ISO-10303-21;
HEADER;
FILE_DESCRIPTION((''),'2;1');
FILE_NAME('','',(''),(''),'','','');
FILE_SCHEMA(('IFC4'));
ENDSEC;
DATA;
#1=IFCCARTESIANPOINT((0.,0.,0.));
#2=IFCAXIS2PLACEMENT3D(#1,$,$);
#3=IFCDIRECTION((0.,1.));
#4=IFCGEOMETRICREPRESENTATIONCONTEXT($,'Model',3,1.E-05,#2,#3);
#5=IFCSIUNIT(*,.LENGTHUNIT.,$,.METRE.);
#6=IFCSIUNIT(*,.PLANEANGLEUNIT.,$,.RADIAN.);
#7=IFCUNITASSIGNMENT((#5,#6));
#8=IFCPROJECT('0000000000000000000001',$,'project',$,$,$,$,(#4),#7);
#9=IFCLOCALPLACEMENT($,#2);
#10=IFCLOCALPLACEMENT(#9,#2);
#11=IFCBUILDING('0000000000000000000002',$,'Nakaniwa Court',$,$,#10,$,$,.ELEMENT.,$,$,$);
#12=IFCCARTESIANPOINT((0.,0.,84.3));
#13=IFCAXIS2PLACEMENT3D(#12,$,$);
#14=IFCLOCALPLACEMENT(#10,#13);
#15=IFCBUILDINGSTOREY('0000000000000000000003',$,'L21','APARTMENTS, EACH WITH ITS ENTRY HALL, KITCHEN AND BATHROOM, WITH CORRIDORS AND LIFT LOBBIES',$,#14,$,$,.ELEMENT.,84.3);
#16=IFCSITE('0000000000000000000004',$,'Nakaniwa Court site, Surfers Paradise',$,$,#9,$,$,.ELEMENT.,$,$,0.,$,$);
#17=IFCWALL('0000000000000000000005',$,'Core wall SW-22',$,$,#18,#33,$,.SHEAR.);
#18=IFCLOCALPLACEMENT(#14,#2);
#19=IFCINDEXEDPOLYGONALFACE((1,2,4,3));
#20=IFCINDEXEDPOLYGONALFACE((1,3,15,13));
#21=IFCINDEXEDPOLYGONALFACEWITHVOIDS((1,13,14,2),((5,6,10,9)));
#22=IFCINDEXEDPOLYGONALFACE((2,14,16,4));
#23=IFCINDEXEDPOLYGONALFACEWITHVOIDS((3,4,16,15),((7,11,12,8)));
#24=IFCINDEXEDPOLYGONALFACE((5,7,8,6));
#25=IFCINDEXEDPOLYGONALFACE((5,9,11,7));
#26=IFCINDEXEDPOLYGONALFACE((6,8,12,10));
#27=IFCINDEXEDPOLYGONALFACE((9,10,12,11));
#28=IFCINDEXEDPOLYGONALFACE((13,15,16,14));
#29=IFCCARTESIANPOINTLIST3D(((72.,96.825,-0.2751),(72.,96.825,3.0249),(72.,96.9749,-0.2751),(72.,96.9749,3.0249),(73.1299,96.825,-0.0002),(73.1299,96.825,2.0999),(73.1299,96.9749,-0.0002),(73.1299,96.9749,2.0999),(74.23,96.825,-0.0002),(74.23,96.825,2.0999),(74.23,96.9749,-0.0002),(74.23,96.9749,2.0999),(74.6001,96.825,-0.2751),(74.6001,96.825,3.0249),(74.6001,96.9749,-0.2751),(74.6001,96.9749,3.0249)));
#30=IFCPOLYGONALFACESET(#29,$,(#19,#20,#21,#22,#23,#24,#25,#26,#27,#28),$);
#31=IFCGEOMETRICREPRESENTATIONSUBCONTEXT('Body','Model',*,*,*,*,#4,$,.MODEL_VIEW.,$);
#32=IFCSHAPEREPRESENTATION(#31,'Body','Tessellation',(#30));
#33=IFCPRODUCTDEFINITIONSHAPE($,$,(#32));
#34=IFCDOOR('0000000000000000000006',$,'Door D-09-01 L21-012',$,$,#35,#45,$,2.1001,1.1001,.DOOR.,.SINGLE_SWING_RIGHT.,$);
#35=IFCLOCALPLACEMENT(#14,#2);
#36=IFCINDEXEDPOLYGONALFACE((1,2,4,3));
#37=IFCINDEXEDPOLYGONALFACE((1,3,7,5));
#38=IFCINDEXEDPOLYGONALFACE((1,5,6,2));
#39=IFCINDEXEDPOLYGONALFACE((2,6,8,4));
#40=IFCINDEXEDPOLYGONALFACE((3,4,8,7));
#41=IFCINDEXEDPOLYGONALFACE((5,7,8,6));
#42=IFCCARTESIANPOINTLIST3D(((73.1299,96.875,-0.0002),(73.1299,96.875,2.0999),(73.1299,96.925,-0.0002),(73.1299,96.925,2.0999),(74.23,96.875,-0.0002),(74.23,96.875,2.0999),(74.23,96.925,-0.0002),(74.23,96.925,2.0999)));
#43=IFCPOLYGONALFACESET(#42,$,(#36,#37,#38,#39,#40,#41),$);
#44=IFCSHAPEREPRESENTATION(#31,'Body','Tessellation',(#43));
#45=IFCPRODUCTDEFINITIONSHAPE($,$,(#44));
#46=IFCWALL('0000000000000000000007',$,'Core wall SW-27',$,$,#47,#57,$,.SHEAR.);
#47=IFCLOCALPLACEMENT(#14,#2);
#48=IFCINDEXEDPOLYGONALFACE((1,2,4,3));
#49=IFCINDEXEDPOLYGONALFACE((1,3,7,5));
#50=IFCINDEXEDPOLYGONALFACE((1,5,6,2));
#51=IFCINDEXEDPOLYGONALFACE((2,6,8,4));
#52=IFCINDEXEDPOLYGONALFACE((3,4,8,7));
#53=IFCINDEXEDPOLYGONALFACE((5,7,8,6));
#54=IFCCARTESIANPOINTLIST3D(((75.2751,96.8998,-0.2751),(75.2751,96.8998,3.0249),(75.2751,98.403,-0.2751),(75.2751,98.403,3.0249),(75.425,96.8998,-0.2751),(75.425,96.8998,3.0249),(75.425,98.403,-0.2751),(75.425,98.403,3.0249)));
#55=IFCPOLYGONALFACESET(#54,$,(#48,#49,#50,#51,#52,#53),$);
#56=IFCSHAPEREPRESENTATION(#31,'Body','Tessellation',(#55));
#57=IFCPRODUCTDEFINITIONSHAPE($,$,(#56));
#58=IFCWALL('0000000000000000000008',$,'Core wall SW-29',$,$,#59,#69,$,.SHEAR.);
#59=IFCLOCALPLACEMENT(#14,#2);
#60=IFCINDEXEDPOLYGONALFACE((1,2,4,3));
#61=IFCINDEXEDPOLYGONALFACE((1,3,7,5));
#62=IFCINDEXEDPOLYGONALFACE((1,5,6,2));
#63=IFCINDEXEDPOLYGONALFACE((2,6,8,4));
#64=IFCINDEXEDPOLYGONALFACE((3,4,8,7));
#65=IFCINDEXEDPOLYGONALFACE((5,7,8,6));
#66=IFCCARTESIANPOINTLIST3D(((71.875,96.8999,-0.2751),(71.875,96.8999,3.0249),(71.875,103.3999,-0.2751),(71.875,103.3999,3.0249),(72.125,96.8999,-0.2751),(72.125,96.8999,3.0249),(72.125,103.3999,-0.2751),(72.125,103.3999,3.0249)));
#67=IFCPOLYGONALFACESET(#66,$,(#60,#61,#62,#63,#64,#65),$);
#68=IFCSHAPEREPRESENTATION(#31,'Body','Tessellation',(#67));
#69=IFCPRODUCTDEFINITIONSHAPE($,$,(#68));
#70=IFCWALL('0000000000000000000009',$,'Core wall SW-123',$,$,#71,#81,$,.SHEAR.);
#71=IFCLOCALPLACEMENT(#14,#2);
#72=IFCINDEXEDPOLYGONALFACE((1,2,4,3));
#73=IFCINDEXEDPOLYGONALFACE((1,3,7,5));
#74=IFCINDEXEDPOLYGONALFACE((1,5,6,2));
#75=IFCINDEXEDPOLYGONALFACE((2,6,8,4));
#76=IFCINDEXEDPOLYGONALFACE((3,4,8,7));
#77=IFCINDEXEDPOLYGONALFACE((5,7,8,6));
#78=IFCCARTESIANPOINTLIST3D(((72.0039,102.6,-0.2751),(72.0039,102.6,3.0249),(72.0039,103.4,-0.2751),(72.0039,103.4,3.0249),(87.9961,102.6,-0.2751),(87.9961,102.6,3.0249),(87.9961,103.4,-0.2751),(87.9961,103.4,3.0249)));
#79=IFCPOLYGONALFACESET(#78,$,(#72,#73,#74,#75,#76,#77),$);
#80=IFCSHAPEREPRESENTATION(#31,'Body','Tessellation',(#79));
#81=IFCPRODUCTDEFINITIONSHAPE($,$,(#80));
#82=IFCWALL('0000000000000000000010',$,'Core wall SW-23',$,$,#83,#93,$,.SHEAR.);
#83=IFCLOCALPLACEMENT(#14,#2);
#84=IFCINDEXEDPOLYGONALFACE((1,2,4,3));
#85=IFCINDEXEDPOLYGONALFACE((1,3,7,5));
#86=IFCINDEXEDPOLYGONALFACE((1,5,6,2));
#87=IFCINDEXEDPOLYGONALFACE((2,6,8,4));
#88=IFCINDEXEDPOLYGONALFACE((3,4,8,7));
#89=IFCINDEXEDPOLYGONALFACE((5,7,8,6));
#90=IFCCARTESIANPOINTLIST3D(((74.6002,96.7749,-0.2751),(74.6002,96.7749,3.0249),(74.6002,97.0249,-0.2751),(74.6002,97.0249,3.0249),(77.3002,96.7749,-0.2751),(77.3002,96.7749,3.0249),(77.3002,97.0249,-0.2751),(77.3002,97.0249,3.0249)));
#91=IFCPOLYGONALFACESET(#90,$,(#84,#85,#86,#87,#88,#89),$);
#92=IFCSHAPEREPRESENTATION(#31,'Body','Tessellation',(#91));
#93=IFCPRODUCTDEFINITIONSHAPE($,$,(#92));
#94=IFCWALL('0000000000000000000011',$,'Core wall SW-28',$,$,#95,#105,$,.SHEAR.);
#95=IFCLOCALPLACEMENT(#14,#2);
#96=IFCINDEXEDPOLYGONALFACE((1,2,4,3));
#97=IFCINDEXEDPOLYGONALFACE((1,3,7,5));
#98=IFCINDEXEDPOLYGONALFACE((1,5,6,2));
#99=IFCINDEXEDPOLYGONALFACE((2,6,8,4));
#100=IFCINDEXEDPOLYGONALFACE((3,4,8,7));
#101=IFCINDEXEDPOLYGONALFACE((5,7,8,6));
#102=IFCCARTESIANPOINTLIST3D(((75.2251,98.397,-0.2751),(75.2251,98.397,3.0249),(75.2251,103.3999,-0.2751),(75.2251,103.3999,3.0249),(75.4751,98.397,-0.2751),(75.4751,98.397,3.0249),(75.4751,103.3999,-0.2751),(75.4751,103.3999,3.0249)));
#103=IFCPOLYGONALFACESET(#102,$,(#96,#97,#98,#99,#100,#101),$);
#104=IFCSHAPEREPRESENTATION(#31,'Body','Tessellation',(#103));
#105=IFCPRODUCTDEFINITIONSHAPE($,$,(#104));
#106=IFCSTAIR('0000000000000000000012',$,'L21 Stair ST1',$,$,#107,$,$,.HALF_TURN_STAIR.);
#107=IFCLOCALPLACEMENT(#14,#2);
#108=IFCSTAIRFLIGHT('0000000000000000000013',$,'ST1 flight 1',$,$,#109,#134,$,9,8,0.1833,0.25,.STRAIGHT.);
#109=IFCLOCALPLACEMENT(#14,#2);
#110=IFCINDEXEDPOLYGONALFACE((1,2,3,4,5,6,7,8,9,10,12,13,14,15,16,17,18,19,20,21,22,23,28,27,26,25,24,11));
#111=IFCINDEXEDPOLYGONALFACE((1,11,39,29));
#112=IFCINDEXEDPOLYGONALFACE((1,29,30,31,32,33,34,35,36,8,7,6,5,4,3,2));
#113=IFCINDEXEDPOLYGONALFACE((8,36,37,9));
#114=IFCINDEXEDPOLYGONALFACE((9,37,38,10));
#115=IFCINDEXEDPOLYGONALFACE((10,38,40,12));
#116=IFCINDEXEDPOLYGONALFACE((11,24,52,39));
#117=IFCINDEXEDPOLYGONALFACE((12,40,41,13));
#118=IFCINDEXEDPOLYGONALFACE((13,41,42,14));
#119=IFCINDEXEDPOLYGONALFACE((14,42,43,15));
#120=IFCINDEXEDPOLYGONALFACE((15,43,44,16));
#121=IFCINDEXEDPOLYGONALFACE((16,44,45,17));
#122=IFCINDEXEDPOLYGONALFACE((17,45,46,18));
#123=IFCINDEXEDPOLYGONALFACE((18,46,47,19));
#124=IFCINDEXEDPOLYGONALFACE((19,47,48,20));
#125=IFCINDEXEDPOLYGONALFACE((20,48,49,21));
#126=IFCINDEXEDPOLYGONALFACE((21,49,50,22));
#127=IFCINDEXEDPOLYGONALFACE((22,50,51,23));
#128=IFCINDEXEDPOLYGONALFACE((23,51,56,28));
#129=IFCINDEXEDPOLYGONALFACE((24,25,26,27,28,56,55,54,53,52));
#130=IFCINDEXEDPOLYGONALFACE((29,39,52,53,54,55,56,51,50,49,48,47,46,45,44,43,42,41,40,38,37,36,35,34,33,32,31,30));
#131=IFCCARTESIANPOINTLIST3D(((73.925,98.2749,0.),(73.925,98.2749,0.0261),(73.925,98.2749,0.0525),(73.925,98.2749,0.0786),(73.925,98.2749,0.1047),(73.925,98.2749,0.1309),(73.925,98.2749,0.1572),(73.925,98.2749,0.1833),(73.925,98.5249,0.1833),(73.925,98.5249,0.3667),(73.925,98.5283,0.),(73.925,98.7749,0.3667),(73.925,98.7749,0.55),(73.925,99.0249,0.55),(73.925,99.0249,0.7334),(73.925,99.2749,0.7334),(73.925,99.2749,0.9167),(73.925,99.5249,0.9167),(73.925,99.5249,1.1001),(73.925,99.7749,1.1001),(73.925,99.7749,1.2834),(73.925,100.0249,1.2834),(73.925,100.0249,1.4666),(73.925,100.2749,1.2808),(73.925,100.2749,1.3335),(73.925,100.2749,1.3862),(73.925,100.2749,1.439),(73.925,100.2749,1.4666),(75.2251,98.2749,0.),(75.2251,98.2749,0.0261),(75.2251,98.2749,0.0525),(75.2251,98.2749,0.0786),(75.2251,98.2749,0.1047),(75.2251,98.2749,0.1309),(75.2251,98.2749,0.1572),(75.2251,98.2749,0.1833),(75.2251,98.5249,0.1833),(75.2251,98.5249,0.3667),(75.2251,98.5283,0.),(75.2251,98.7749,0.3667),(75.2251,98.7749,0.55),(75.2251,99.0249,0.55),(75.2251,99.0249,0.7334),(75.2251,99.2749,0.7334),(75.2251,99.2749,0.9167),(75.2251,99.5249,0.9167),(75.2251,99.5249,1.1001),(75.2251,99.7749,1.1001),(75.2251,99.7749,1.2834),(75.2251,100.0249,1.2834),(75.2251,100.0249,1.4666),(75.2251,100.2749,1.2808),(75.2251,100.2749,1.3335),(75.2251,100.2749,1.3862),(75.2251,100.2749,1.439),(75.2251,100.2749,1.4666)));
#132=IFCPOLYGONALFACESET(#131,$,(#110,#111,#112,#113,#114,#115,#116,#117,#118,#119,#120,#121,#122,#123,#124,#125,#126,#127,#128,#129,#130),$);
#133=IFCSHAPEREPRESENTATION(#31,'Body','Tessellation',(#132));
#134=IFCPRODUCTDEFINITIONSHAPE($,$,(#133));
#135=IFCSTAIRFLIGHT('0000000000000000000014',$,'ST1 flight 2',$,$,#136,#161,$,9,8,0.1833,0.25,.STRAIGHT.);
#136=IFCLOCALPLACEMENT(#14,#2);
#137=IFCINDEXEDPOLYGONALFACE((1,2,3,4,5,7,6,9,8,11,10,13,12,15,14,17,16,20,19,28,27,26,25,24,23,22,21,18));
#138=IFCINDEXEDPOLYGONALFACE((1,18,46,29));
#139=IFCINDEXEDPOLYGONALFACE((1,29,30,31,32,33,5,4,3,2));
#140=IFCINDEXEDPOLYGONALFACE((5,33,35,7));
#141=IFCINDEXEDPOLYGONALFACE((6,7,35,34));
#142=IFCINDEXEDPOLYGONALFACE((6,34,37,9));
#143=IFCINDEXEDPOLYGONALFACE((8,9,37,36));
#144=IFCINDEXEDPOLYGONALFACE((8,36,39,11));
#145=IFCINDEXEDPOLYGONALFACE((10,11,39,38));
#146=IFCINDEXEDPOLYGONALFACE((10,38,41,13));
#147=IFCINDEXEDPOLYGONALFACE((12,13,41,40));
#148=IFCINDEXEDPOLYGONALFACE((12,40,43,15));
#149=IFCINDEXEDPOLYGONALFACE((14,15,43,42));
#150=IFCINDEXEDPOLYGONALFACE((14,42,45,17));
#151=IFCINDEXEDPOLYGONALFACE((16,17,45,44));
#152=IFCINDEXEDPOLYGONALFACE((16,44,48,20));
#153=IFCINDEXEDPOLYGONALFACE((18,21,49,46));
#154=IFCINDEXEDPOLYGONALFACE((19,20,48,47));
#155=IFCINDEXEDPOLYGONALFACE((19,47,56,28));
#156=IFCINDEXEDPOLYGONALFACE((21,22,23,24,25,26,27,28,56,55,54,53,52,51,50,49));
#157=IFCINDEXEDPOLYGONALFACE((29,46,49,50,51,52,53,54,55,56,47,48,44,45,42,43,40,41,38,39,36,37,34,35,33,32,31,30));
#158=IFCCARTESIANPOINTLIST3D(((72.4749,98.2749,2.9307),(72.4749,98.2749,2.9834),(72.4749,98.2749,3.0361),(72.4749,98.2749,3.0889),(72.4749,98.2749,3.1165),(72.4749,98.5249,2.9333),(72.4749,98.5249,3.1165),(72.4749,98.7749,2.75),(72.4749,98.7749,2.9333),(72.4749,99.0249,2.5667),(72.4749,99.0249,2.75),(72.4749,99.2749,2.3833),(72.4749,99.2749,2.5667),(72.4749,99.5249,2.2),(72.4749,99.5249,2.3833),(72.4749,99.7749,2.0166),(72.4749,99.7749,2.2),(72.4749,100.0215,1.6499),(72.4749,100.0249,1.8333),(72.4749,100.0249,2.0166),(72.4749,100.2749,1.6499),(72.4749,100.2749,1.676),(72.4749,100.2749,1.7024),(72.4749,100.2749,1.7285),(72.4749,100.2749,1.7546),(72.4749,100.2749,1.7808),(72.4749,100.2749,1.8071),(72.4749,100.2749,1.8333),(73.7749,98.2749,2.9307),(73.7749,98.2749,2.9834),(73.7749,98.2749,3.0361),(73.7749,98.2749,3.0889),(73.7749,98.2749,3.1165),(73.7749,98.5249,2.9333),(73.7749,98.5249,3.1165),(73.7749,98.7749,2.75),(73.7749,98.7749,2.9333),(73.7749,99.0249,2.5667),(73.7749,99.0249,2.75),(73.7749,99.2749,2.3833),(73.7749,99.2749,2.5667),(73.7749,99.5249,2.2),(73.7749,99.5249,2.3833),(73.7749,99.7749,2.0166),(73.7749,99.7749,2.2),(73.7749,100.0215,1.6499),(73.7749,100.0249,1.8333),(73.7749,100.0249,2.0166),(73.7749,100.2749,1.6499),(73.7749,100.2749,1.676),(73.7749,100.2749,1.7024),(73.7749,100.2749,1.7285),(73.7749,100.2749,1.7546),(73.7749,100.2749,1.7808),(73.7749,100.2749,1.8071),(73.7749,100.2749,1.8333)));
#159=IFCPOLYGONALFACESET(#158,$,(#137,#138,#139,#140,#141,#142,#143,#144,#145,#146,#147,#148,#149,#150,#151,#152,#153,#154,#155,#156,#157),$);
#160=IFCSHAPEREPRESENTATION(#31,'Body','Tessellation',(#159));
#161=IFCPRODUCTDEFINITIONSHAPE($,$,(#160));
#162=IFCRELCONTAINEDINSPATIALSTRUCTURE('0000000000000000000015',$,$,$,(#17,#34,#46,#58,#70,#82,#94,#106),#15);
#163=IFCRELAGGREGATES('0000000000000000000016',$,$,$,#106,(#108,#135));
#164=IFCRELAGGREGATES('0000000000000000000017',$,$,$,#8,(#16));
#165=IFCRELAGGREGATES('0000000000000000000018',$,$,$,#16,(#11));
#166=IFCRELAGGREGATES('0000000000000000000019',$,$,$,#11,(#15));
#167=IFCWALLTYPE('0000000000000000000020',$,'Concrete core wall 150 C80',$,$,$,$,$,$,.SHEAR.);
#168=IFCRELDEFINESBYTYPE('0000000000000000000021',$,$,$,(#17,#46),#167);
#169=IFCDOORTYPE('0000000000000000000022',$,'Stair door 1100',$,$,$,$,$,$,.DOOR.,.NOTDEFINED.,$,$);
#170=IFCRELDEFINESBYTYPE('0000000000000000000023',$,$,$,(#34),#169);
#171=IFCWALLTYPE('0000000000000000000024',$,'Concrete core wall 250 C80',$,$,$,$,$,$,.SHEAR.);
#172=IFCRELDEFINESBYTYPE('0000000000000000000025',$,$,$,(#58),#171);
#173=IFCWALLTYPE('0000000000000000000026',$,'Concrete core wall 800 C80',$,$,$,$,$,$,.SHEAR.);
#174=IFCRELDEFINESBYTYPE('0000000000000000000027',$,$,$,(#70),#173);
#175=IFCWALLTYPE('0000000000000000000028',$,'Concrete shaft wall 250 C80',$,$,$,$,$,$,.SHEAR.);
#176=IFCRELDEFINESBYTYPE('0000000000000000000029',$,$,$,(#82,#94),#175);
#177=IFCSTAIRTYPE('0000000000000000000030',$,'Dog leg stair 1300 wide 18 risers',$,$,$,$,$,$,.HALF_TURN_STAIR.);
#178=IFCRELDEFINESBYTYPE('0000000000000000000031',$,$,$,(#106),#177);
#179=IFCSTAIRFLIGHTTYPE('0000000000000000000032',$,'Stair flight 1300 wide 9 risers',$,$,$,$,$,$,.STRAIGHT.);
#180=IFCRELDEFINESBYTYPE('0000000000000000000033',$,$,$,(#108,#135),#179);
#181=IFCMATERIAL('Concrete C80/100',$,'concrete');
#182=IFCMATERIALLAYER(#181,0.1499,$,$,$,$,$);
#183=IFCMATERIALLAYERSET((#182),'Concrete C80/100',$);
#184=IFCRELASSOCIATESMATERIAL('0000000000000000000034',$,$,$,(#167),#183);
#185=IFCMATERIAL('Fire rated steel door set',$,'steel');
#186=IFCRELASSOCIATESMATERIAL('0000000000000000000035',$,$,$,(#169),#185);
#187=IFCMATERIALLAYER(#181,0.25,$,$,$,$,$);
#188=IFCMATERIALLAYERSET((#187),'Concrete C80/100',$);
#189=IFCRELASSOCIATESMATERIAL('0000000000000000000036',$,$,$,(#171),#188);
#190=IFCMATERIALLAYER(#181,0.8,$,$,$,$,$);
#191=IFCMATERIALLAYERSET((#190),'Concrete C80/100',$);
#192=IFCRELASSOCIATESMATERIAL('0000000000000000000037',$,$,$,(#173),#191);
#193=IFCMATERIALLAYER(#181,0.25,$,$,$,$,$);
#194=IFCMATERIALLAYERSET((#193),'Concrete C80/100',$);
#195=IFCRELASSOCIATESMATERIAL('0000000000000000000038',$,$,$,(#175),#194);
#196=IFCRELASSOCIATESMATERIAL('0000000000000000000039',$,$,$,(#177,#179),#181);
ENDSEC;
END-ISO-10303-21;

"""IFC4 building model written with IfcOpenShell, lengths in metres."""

from ifc_helpers import new_model, si_unit, direction, frame, frame_2d, origin, place, context, subcontext, project, spatial, polyline, rectangle, outline, extrude, material, layer, layer_set, type_object, element, fill, aggregate, save


model = new_model("IFC4")

# Units and contexts
model_context = context("Model", 3, precision=1e-05, world=origin(), true_north=direction((0.0, 1.0)))
body_context = subcontext(model_context, "Body", "Model", "MODEL_VIEW")
ifc_project = project(units=[si_unit("LENGTHUNIT", "METRE"), si_unit("PLANEANGLEUNIT", "RADIAN")], contexts=[model_context])

# Site, building, storey
site_placement = place(None, origin())
site = spatial("IfcSite", under=ifc_project, at=site_placement, Name="Nakaniwa Court site, Surfers Paradise", CompositionType="ELEMENT", RefElevation=0.0)
building_placement = place(site_placement, origin())
building = spatial("IfcBuilding", under=site, at=building_placement, Name="Nakaniwa Court", CompositionType="ELEMENT")
storey_placement = place(building_placement, frame((0.0, 0.0, 84.3)))
storey = spatial("IfcBuildingStorey", under=building, at=storey_placement, Name="L21", Description="APARTMENTS, EACH WITH ITS ENTRY HALL, KITCHEN AND BATHROOM, WITH CORRIDORS AND LIFT LOBBIES", CompositionType="ELEMENT", Elevation=84.3)

# Shared definitions
ifc_material_1 = material(Name="Concrete C80/100", Category="concrete")

# Shared definitions
ifc_material_2 = material(Name="Fire rated steel door set", Category="steel")

# Wall, opening, door
ifc_layer_1 = layer(ifc_material_1, 0.1499)
ifc_layer_set_1 = layer_set([ifc_layer_1], Name="Concrete C80/100")
wall_type_1 = type_object("IfcWallType", Name="Concrete core wall 150 C80", PredefinedType="SHEAR", material=ifc_layer_set_1)
wall_1_placement = place(storey_placement, frame((74.6001, 96.8999, -0.2751), z_axis=(0.0, 0.0, 1.0), x_axis=(-1.0, 0.0, 0.0)))
wall_1 = element("IfcWall", 1, at=wall_1_placement, inside=storey, type_object=wall_type_1, Name="Core wall SW-22", PredefinedType="SHEAR", context=body_context, shape_type="SweptSolid", body=[
    extrude(rectangle(XDim=2.6001, YDim=0.1499, at=frame_2d((1.3, 0.0))), origin(), (0.0, 0.0, 1.0), 3.3),
])
opening_1_placement = place(wall_1_placement, frame((0.3701, 0.0, 0.2749)))
opening_1 = element("IfcOpeningElement", 2, at=opening_1_placement, cuts=wall_1, PredefinedType="OPENING", context=body_context, shape_type="SweptSolid", body=[
    extrude(rectangle(XDim=1.1001, YDim=2.1001, at=frame_2d((0.55, 1.05))), frame((0.0, 0.085, 0.0), z_axis=(0.0, -1.0, 0.0), x_axis=(1.0, 0.0, 0.0)), (0.0, 0.0, 1.0), 0.1699),
])
door_type_1 = type_object("IfcDoorType", Name="Stair door 1100", OperationType="NOTDEFINED", PredefinedType="DOOR", material=ifc_material_2)
door_1_placement = place(opening_1_placement, origin())
door_1 = element("IfcDoor", 3, at=door_1_placement, inside=storey, type_object=door_type_1, Name="Door D-09-01 L21-012", OperationType="SINGLE_SWING_RIGHT", OverallHeight=2.1001, OverallWidth=1.1001, PredefinedType="DOOR", context=body_context, shape_type="SweptSolid", body=[
    extrude(rectangle(XDim=1.1001, YDim=2.1001, at=frame_2d((0.55, 1.05))), frame((0.0, 0.0249, 0.0), z_axis=(0.0, -1.0, 0.0), x_axis=(1.0, 0.0, 0.0)), (0.0, 0.0, 1.0), 0.05),
])
fill(opening_1, door_1)

# Walls
wall_2_placement = place(storey_placement, frame((75.3501, 96.8999, -0.2751), z_axis=(0.0, 0.0, 1.0), x_axis=(0.0, 1.0, 0.0)))
element("IfcWall", 4, at=wall_2_placement, inside=storey, type_object=wall_type_1, Name="Core wall SW-27", PredefinedType="SHEAR", context=body_context, shape_type="SweptSolid", body=[
    extrude(rectangle(XDim=1.5032, YDim=0.1499, at=frame_2d((0.7515, 0.0))), origin(), (0.0, 0.0, 1.0), 3.3),
])
ifc_layer_2 = layer(ifc_material_1, 0.25)
ifc_layer_set_2 = layer_set([ifc_layer_2], Name="Concrete C80/100")
wall_type_2 = type_object("IfcWallType", Name="Concrete core wall 250 C80", PredefinedType="SHEAR", material=ifc_layer_set_2)
wall_3_placement = place(storey_placement, frame((72.0, 96.8999, -0.2751), z_axis=(0.0, 0.0, 1.0), x_axis=(0.0, 1.0, 0.0)))
element("IfcWall", 5, at=wall_3_placement, inside=storey, type_object=wall_type_2, Name="Core wall SW-29", PredefinedType="SHEAR", context=body_context, shape_type="SweptSolid", body=[
    extrude(rectangle(XDim=6.5, YDim=0.25, at=frame_2d((3.25, 0.0))), origin(), (0.0, 0.0, 1.0), 3.3),
])
ifc_layer_3 = layer(ifc_material_1, 0.8)
ifc_layer_set_3 = layer_set([ifc_layer_3], Name="Concrete C80/100")
wall_type_3 = type_object("IfcWallType", Name="Concrete core wall 800 C80", PredefinedType="SHEAR", material=ifc_layer_set_3)
wall_4_placement = place(storey_placement, frame((72.0039, 103.0, -0.2751), z_axis=(0.0, 0.0, 1.0), x_axis=(1.0, 0.0, 0.0)))
element("IfcWall", 6, at=wall_4_placement, inside=storey, type_object=wall_type_3, Name="Core wall SW-123", PredefinedType="SHEAR", context=body_context, shape_type="SweptSolid", body=[
    extrude(rectangle(XDim=15.9922, YDim=0.8, at=frame_2d((7.9961, 0.0))), origin(), (0.0, 0.0, 1.0), 3.3),
])
ifc_layer_4 = layer(ifc_material_1, 0.25)
ifc_layer_set_4 = layer_set([ifc_layer_4], Name="Concrete C80/100")
wall_type_4 = type_object("IfcWallType", Name="Concrete shaft wall 250 C80", PredefinedType="SHEAR", material=ifc_layer_set_4)
wall_5_placement = place(storey_placement, frame((74.6001, 96.8999, -0.2751), z_axis=(0.0, 0.0, 1.0), x_axis=(1.0, 0.0, 0.0)))
element("IfcWall", 7, at=wall_5_placement, inside=storey, type_object=wall_type_4, Name="Core wall SW-23", PredefinedType="SHEAR", context=body_context, shape_type="SweptSolid", body=[
    extrude(rectangle(XDim=2.7, YDim=0.25, at=frame_2d((1.3501, 0.0))), origin(), (0.0, 0.0, 1.0), 3.3),
])
wall_6_placement = place(storey_placement, frame((75.3501, 98.397, -0.2751), z_axis=(0.0, 0.0, 1.0), x_axis=(0.0, 1.0, 0.0)))
element("IfcWall", 8, at=wall_6_placement, inside=storey, type_object=wall_type_4, Name="Core wall SW-28", PredefinedType="SHEAR", context=body_context, shape_type="SweptSolid", body=[
    extrude(rectangle(XDim=5.0029, YDim=0.25, at=frame_2d((2.5015, 0.0))), origin(), (0.0, 0.0, 1.0), 3.3),
])

# Stair, stair flights
stair_type = type_object("IfcStairType", Name="Dog leg stair 1300 wide 18 risers", PredefinedType="HALF_TURN_STAIR", material=ifc_material_1)
stair_placement = place(storey_placement, origin())
stair = element("IfcStair", 9, at=stair_placement, inside=storey, type_object=stair_type, Name="L21 Stair ST1", PredefinedType="HALF_TURN_STAIR")
stair_flight_type = type_object("IfcStairFlightType", Name="Stair flight 1300 wide 9 risers", PredefinedType="STRAIGHT", material=ifc_material_1)
stair_flight_1_placement = place(storey_placement, frame((74.575, 98.2749, 0.0), z_axis=(0.0, 0.0, 1.0), x_axis=(0.0, 1.0, 0.0)))
stair_flight_1 = element("IfcStairFlight", 10, at=stair_flight_1_placement, type_object=stair_flight_type, Name="ST1 flight 1", NumberOfRisers=9, NumberOfTreads=8, PredefinedType="STRAIGHT", RiserHeight=0.1833, TreadLength=0.25, context=body_context, shape_type="SweptSolid", body=[
    extrude(outline(polyline([(0.0, 0.0), (0.0, 0.0261), (0.0, 0.0525), (0.0, 0.0786), (0.0, 0.1047), (0.0, 0.1309), (0.0, 0.1572), (0.0, 0.1833), (0.25, 0.1833), (0.25, 0.3667), (0.5, 0.3667), (0.5, 0.55), (0.75, 0.55), (0.75, 0.7334), (1.0, 0.7334), (1.0, 0.9167), (1.25, 0.9167), (1.25, 1.1001), (1.5, 1.1001), (1.5, 1.2834), (1.75, 1.2834), (1.75, 1.4666), (2.0, 1.4666), (2.0, 1.6499), (2.0, 1.5972), (2.0, 1.5444), (2.0, 1.4917), (2.0, 1.439), (2.0, 1.3862), (2.0, 1.3335), (2.0, 1.2808), (0.2534, 0.0), (0.0, 0.0)])), frame((0.0, 0.6499, 0.0), z_axis=(0.0, -1.0, 0.0), x_axis=(1.0, 0.0, 0.0)), (0.0, 0.0, 1.0), 1.3),
])
stair_flight_2_placement = place(storey_placement, frame((73.125, 100.2749, 1.6499), z_axis=(0.0, 0.0, 1.0), x_axis=(0.0, -1.0, 0.0)))
stair_flight_2 = element("IfcStairFlight", 11, at=stair_flight_2_placement, type_object=stair_flight_type, Name="ST1 flight 2", NumberOfRisers=9, NumberOfTreads=8, PredefinedType="STRAIGHT", RiserHeight=0.1833, TreadLength=0.25, context=body_context, shape_type="SweptSolid", body=[
    extrude(outline(polyline([(0.0, 0.0), (0.0, 0.0261), (0.0, 0.0525), (0.0, 0.0786), (0.0, 0.1047), (0.0, 0.1309), (0.0, 0.1572), (0.0, 0.1833), (0.25, 0.1833), (0.25, 0.3667), (0.5, 0.3667), (0.5, 0.55), (0.75, 0.55), (0.75, 0.7334), (1.0, 0.7334), (1.0, 0.9167), (1.25, 0.9167), (1.25, 1.1001), (1.5, 1.1001), (1.5, 1.2834), (1.75, 1.2834), (1.75, 1.4666), (2.0, 1.4666), (2.0, 1.6499), (2.0, 1.5972), (2.0, 1.5444), (2.0, 1.4917), (2.0, 1.439), (2.0, 1.3862), (2.0, 1.3335), (2.0, 1.2808), (0.2534, 0.0), (0.0, 0.0)])), frame((0.0, 0.6499, 0.0), z_axis=(0.0, -1.0, 0.0), x_axis=(1.0, 0.0, 0.0)), (0.0, 0.0, 1.0), 1.3),
])
aggregate(stair, [stair_flight_1, stair_flight_2])

save(model, "model.ifc")
